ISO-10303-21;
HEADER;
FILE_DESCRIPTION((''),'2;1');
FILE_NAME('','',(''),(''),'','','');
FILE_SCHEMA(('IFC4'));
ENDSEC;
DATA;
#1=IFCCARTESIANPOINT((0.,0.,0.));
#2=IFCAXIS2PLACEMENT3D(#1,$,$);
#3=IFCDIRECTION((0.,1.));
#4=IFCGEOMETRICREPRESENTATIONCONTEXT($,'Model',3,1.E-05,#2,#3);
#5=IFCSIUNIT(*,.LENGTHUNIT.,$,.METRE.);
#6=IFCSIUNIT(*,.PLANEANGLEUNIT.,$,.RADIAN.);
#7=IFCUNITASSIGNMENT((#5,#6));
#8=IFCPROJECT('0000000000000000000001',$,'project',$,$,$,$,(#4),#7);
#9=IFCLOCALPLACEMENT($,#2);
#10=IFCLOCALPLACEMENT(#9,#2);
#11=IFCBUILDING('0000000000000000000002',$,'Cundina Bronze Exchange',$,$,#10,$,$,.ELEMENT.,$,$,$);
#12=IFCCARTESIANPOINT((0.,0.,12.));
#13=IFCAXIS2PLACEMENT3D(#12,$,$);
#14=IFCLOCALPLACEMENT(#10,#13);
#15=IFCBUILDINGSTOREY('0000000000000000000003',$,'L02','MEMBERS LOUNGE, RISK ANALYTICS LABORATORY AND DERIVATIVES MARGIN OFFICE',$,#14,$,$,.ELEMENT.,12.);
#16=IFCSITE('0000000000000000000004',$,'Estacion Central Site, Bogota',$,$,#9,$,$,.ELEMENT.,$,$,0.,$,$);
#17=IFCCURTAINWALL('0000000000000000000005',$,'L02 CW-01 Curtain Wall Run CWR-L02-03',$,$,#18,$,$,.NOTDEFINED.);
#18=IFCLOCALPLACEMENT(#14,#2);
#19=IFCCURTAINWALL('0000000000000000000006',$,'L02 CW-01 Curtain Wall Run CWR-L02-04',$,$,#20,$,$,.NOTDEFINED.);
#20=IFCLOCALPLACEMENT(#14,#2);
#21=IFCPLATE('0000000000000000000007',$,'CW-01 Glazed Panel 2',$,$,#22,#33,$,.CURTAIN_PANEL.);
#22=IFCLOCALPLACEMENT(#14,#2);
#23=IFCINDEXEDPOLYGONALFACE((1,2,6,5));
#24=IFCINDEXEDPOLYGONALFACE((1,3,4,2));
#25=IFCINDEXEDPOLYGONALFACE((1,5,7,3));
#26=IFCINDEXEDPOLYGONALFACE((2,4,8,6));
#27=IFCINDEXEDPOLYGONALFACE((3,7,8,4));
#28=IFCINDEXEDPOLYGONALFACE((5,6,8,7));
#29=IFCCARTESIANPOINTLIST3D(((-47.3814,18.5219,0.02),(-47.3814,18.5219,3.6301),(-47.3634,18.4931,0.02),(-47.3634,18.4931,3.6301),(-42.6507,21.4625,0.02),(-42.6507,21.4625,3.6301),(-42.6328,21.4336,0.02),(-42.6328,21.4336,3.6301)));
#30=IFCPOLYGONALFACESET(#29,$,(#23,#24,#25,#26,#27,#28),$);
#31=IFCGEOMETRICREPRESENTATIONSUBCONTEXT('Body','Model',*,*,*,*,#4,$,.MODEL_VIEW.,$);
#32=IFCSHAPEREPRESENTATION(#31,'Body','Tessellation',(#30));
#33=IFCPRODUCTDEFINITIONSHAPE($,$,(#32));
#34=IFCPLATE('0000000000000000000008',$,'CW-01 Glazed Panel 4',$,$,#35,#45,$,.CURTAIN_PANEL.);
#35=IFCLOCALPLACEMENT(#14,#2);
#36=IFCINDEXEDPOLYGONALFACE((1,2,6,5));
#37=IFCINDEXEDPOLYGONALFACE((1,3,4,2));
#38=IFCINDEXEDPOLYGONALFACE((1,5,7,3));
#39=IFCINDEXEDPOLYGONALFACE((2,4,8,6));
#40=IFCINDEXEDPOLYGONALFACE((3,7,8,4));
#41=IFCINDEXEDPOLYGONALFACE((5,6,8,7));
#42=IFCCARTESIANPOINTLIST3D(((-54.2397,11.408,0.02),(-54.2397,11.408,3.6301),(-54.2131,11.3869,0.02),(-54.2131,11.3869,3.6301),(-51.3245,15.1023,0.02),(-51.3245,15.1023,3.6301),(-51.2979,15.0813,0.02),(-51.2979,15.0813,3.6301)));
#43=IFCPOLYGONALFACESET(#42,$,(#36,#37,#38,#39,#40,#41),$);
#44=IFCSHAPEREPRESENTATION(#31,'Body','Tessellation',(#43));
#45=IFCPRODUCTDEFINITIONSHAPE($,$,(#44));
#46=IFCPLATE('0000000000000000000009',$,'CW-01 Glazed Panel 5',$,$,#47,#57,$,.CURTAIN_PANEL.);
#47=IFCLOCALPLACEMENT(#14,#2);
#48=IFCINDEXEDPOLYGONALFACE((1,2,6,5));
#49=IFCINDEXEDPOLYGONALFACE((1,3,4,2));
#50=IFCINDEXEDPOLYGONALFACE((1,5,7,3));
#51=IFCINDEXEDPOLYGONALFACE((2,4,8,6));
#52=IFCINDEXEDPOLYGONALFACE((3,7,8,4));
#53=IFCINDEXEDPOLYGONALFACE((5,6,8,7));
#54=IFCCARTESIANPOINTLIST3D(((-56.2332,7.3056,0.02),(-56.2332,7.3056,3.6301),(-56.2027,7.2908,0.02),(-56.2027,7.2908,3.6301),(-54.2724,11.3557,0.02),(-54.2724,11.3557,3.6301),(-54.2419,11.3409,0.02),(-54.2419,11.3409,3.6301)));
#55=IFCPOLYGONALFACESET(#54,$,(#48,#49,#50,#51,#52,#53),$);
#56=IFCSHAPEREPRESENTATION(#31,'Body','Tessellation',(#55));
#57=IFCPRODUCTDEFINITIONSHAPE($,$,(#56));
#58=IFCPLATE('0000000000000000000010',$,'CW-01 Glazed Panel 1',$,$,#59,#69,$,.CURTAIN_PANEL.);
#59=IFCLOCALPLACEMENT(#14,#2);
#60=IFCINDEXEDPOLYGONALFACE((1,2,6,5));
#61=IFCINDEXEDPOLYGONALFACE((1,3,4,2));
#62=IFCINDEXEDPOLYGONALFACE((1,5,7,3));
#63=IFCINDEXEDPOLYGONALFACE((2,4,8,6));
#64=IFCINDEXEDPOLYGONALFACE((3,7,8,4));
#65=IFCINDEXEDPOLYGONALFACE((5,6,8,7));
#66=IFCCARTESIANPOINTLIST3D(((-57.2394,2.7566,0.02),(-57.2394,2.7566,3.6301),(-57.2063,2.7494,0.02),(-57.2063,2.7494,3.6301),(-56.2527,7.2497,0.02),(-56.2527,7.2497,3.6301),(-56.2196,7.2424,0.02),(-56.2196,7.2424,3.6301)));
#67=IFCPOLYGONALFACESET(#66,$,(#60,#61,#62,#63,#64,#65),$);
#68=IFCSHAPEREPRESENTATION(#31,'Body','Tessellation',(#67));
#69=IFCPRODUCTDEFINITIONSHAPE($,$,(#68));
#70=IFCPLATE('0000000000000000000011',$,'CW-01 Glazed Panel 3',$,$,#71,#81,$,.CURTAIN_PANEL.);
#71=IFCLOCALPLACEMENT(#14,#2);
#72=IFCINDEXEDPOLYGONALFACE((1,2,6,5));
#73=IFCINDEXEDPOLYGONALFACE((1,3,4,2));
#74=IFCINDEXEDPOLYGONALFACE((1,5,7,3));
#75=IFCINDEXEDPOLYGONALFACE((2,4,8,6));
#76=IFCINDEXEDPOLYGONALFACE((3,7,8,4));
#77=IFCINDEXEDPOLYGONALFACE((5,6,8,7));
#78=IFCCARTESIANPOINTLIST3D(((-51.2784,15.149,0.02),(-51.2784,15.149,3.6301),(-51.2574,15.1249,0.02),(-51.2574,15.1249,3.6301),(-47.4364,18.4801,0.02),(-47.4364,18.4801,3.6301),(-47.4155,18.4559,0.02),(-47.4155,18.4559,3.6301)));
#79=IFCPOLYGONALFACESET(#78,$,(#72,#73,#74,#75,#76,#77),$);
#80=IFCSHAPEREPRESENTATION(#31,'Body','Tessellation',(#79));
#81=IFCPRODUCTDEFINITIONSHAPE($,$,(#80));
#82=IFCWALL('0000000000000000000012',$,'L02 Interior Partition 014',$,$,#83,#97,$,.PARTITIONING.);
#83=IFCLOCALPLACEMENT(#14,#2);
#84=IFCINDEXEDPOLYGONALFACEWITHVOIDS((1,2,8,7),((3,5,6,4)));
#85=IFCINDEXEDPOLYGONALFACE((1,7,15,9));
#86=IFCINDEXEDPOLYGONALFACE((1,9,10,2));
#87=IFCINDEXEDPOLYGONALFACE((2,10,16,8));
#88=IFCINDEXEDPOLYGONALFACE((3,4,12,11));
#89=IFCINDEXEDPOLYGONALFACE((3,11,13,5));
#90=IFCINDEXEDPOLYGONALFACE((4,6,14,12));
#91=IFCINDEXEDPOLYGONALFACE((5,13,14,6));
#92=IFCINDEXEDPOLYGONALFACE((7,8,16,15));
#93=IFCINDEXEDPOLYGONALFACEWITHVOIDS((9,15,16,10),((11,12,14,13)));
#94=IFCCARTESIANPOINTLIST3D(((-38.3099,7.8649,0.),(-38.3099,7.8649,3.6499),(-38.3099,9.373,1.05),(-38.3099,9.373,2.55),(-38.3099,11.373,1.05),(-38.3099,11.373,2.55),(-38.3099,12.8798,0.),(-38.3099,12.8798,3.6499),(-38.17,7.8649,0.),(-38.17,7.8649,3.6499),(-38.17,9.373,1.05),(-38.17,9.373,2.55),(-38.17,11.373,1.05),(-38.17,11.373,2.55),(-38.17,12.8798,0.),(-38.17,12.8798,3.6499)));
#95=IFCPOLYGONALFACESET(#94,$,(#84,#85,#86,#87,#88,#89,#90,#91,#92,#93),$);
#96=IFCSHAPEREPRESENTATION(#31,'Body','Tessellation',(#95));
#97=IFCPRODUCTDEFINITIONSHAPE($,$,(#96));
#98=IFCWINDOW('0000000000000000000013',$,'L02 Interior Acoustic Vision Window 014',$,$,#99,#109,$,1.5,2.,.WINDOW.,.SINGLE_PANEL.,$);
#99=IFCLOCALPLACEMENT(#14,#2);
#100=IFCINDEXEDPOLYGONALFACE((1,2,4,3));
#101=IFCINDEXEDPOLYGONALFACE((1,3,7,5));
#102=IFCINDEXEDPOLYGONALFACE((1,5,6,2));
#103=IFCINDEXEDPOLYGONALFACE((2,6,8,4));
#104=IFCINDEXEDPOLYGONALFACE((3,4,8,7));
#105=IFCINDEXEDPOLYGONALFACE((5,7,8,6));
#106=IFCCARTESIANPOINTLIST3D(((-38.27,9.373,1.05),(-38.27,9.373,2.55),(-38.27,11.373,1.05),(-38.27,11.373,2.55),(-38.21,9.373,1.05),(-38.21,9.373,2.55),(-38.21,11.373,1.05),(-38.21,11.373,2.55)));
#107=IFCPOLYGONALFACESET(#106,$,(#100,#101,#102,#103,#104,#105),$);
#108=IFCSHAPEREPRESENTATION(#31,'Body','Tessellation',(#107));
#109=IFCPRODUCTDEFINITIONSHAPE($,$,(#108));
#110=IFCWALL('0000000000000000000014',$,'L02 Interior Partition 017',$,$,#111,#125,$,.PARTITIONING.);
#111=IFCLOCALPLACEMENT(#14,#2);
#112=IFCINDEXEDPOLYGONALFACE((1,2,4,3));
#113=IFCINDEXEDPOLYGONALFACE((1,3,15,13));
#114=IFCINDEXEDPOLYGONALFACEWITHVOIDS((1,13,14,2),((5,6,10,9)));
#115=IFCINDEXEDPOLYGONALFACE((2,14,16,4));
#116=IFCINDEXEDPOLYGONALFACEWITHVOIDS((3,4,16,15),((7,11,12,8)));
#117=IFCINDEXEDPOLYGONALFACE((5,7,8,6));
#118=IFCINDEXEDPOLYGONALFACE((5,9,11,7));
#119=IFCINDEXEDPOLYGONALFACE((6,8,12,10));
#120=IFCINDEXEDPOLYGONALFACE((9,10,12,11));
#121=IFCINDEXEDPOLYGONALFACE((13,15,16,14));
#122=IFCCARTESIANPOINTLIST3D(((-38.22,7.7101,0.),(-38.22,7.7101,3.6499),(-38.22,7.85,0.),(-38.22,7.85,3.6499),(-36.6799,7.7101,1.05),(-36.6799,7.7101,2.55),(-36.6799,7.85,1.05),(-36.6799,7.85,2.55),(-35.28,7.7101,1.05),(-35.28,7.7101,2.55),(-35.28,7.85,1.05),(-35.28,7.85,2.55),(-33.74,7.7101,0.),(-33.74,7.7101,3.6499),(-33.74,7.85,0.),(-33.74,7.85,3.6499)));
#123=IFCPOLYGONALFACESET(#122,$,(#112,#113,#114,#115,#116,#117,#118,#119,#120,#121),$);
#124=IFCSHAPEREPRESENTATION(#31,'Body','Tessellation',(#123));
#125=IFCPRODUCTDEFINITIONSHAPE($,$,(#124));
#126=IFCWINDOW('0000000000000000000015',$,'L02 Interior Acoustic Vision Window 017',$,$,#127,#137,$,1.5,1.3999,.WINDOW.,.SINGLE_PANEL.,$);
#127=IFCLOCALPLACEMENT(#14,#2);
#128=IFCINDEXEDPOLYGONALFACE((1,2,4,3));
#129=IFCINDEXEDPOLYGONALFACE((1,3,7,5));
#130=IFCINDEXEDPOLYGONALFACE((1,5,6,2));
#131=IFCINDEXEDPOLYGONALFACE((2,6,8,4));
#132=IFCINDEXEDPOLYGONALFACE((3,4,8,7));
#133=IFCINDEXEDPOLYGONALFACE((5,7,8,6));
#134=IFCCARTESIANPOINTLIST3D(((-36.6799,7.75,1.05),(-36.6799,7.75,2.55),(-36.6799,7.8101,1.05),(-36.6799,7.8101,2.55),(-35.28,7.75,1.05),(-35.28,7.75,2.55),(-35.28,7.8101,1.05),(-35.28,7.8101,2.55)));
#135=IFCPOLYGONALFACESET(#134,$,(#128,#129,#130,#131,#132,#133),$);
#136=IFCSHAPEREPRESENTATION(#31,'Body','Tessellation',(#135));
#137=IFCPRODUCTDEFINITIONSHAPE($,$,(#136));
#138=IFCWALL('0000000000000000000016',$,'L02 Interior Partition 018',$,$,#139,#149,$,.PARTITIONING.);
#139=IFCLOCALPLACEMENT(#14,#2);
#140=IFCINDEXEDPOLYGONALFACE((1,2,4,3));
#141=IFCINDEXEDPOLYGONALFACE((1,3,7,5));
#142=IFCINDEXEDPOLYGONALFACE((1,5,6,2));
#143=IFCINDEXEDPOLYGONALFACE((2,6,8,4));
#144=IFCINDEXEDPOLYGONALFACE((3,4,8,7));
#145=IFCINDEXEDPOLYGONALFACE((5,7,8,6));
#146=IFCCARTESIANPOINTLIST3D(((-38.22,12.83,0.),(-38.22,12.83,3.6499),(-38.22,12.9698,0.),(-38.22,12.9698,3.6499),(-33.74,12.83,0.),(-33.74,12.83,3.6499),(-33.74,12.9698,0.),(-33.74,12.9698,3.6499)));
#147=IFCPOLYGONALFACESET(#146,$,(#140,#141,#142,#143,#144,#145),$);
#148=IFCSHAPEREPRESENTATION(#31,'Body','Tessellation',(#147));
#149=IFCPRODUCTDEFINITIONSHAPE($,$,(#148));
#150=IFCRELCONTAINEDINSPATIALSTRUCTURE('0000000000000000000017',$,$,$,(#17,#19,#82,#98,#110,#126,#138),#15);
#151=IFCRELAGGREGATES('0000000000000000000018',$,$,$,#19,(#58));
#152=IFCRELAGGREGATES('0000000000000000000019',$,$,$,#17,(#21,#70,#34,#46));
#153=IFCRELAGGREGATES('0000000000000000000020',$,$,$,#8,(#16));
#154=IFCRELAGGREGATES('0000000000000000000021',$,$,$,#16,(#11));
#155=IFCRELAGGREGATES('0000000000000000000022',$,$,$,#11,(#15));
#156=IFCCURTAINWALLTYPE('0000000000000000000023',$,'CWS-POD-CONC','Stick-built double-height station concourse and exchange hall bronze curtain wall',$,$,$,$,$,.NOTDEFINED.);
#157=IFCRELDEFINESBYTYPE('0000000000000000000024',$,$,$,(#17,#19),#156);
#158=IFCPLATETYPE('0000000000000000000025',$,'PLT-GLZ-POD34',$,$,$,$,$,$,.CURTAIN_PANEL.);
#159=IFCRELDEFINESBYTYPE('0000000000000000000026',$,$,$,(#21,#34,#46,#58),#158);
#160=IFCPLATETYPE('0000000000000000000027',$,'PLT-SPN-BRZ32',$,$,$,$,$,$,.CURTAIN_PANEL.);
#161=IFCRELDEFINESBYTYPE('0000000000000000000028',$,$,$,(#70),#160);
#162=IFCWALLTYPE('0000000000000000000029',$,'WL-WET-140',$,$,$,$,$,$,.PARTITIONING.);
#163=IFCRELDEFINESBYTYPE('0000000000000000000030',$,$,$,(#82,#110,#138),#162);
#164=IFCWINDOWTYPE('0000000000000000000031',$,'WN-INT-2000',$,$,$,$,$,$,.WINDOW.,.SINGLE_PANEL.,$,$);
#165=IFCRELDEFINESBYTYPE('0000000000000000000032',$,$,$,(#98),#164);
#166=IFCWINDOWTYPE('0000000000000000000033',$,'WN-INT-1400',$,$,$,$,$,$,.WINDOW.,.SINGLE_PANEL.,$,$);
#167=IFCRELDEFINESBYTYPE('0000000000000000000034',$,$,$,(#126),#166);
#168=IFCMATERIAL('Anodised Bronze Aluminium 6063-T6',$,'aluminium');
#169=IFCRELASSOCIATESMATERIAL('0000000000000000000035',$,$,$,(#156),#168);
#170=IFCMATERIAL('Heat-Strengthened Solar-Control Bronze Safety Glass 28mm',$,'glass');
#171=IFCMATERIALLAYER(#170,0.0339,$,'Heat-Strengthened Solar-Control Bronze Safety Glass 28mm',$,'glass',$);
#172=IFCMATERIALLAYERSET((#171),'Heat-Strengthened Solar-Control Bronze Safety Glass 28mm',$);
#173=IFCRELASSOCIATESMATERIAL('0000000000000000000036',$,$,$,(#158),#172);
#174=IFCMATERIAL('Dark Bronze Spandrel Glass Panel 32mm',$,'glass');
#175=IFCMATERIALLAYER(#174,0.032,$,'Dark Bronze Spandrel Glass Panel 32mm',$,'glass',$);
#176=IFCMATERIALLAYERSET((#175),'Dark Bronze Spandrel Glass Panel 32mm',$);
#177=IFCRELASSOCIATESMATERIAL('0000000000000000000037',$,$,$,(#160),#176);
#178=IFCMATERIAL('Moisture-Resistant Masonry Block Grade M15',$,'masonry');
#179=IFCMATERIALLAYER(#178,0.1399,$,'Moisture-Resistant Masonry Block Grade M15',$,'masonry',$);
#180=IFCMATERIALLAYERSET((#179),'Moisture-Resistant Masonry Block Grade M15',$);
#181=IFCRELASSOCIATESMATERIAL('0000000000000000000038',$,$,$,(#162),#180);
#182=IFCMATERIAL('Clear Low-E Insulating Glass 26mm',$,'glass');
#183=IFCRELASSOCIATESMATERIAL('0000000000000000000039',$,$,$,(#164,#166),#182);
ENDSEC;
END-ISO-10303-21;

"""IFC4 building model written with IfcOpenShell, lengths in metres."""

from ifc_helpers import new_model, si_unit, direction, frame, frame_2d, origin, origin_2d, place, context, subcontext, project, spatial, rectangle, extrude, material, layer, layer_set, type_object, element, fill, aggregate, save


model = new_model("IFC4")

# Units and contexts
model_context = context("Model", 3, precision=1e-05, world=origin(), true_north=direction((0.0, 1.0)))
body_context = subcontext(model_context, "Body", "Model", "MODEL_VIEW")
ifc_project = project(units=[si_unit("LENGTHUNIT", "METRE"), si_unit("PLANEANGLEUNIT", "RADIAN")], contexts=[model_context])

# Site, building, storey
site_placement = place(None, origin())
site = spatial("IfcSite", under=ifc_project, at=site_placement, Name="Estacion Central Site, Bogota", CompositionType="ELEMENT", RefElevation=0.0)
building_placement = place(site_placement, origin())
building = spatial("IfcBuilding", under=site, at=building_placement, Name="Cundina Bronze Exchange", CompositionType="ELEMENT")
storey_placement = place(building_placement, frame((0.0, 0.0, 12.0)))
storey = spatial("IfcBuildingStorey", under=building, at=storey_placement, Name="L02", Description="MEMBERS LOUNGE, RISK ANALYTICS LABORATORY AND DERIVATIVES MARGIN OFFICE", CompositionType="ELEMENT", Elevation=12.0)

# Curtain wall
ifc_material_1 = material(Name="Anodised Bronze Aluminium 6063-T6", Category="aluminium")
curtain_wall_type = type_object("IfcCurtainWallType", Name="CWS-POD-CONC", Description="Stick-built double-height station concourse and exchange hall bronze curtain wall", PredefinedType="NOTDEFINED", material=ifc_material_1)
curtain_wall_1_placement = place(storey_placement, origin())
curtain_wall_1 = element("IfcCurtainWall", 1, at=curtain_wall_1_placement, inside=storey, type_object=curtain_wall_type, Name="L02 CW-01 Curtain Wall Run CWR-L02-03", PredefinedType="NOTDEFINED")

# Curtain wall
curtain_wall_2_placement = place(storey_placement, origin())
curtain_wall_2 = element("IfcCurtainWall", 2, at=curtain_wall_2_placement, inside=storey, type_object=curtain_wall_type, Name="L02 CW-01 Curtain Wall Run CWR-L02-04", PredefinedType="NOTDEFINED")

# Plates
ifc_material_2 = material(Name="Heat-Strengthened Solar-Control Bronze Safety Glass 28mm", Category="glass")
ifc_layer_1 = layer(ifc_material_2, 0.0339, Name="Heat-Strengthened Solar-Control Bronze Safety Glass 28mm", Category="glass")
ifc_layer_set_1 = layer_set([ifc_layer_1], Name="Heat-Strengthened Solar-Control Bronze Safety Glass 28mm")
plate_type_1 = type_object("IfcPlateType", Name="PLT-GLZ-POD34", PredefinedType="CURTAIN_PANEL", material=ifc_layer_set_1)
plate_1_placement = place(storey_placement, frame((-45.0071, 19.9778, 0.02), z_axis=(0.0, 0.0, 1.0), x_axis=(-0.849294, -0.52792, 0.0)))
plate_1 = element("IfcPlate", 3, at=plate_1_placement, type_object=plate_type_1, Name="CW-01 Glazed Panel 2", PredefinedType="CURTAIN_PANEL", context=body_context, shape_type="SweptSolid", body=[
    extrude(rectangle(XDim=5.5701, YDim=0.0339, at=origin_2d()), origin(), (0.0, 0.0, 1.0), 3.6101),
])
plate_2_placement = place(storey_placement, frame((-52.7688, 13.2446, 0.02), z_axis=(0.0, 0.0, 1.0), x_axis=(-0.619464, -0.785025, 0.0)))
plate_2 = element("IfcPlate", 4, at=plate_2_placement, type_object=plate_type_1, Name="CW-01 Glazed Panel 4", PredefinedType="CURTAIN_PANEL", context=body_context, shape_type="SweptSolid", body=[
    extrude(rectangle(XDim=4.7061, YDim=0.0339, at=origin_2d()), origin(), (0.0, 0.0, 1.0), 3.6101),
])
plate_3_placement = place(storey_placement, frame((-55.2375, 9.3232, 0.02), z_axis=(0.0, 0.0, 1.0), x_axis=(-0.435765, -0.90006, 0.0)))
plate_3 = element("IfcPlate", 5, at=plate_3_placement, type_object=plate_type_1, Name="CW-01 Glazed Panel 5", PredefinedType="CURTAIN_PANEL", context=body_context, shape_type="SweptSolid", body=[
    extrude(rectangle(XDim=4.4998, YDim=0.0339, at=origin_2d()), origin(), (0.0, 0.0, 1.0), 3.6101),
])
plate_4_placement = place(storey_placement, frame((-56.7295, 4.9995, 0.02), z_axis=(0.0, 0.0, 1.0), x_axis=(-0.214497, -0.976725, 0.0)))
plate_4 = element("IfcPlate", 6, at=plate_4_placement, type_object=plate_type_1, Name="CW-01 Glazed Panel 1", PredefinedType="CURTAIN_PANEL", context=body_context, shape_type="SweptSolid", body=[
    extrude(rectangle(XDim=4.6001, YDim=0.0339, at=origin_2d()), origin(), (0.0, 0.0, 1.0), 3.6101),
])
aggregate(curtain_wall_2, [plate_4])
ifc_material_3 = material(Name="Dark Bronze Spandrel Glass Panel 32mm", Category="glass")
ifc_layer_2 = layer(ifc_material_3, 0.032, Name="Dark Bronze Spandrel Glass Panel 32mm", Category="glass")
ifc_layer_set_2 = layer_set([ifc_layer_2], Name="Dark Bronze Spandrel Glass Panel 32mm")
plate_type_2 = type_object("IfcPlateType", Name="PLT-SPN-BRZ32", PredefinedType="CURTAIN_PANEL", material=ifc_layer_set_2)
plate_5_placement = place(storey_placement, frame((-49.3469, 16.8025, 0.02), z_axis=(0.0, 0.0, 1.0), x_axis=(-0.755556, -0.655084, 0.0)))
plate_5 = element("IfcPlate", 7, at=plate_5_placement, type_object=plate_type_2, Name="CW-01 Glazed Panel 3", PredefinedType="CURTAIN_PANEL", context=body_context, shape_type="SweptSolid", body=[
    extrude(rectangle(XDim=5.085, YDim=0.032, at=origin_2d()), origin(), (0.0, 0.0, 1.0), 3.6101),
])
aggregate(curtain_wall_1, [plate_1, plate_5, plate_2, plate_3])

# Walls, openings, windows
ifc_material_4 = material(Name="Moisture-Resistant Masonry Block Grade M15", Category="masonry")
ifc_layer_3 = layer(ifc_material_4, 0.1399, Name="Moisture-Resistant Masonry Block Grade M15", Category="masonry")
ifc_layer_set_3 = layer_set([ifc_layer_3], Name="Moisture-Resistant Masonry Block Grade M15")
wall_type = type_object("IfcWallType", Name="WL-WET-140", PredefinedType="PARTITIONING", material=ifc_layer_set_3)
wall_1_placement = place(storey_placement, frame((-38.24, 7.865, 0.0), z_axis=(0.0, 0.0, 1.0), x_axis=(0.0, 1.0, 0.0)))
wall_1 = element("IfcWall", 8, at=wall_1_placement, inside=storey, type_object=wall_type, Name="L02 Interior Partition 014", PredefinedType="PARTITIONING", context=body_context, shape_type="SweptSolid", body=[
    extrude(rectangle(XDim=5.0149, YDim=0.1399, at=frame_2d((2.5073, 0.0))), origin(), (0.0, 0.0, 1.0), 3.6499),
])
opening_1_placement = place(wall_1_placement, frame((1.5081, 0.0, 1.05)))
opening_1 = element("IfcOpeningElement", 9, at=opening_1_placement, cuts=wall_1, PredefinedType="OPENING", context=body_context, shape_type="SweptSolid", body=[
    extrude(rectangle(XDim=2.0, YDim=1.5, at=frame_2d((1.0, 0.75))), frame((0.0, 0.0798, 0.0), z_axis=(0.0, -1.0, 0.0), x_axis=(1.0, 0.0, 0.0)), (0.0, 0.0, 1.0), 0.1599),
])
ifc_material_5 = material(Name="Clear Low-E Insulating Glass 26mm", Category="glass")
window_type_1 = type_object("IfcWindowType", Name="WN-INT-2000", PartitioningType="SINGLE_PANEL", PredefinedType="WINDOW", material=ifc_material_5)
window_1_placement = place(opening_1_placement, origin())
window_1 = element("IfcWindow", 10, at=window_1_placement, inside=storey, type_object=window_type_1, Name="L02 Interior Acoustic Vision Window 014", OverallHeight=1.5, OverallWidth=2.0, PartitioningType="SINGLE_PANEL", PredefinedType="WINDOW", context=body_context, shape_type="SweptSolid", body=[
    extrude(rectangle(XDim=2.0, YDim=1.5, at=frame_2d((1.0, 0.75))), frame((0.0, 0.03, 0.0), z_axis=(0.0, -1.0, 0.0), x_axis=(1.0, 0.0, 0.0)), (0.0, 0.0, 1.0), 0.0601),
])
fill(opening_1, window_1)
wall_2_placement = place(storey_placement, frame((-38.22, 7.78, 0.0), z_axis=(0.0, 0.0, 1.0), x_axis=(1.0, 0.0, 0.0)))
wall_2 = element("IfcWall", 11, at=wall_2_placement, inside=storey, type_object=wall_type, Name="L02 Interior Partition 017", PredefinedType="PARTITIONING", context=body_context, shape_type="SweptSolid", body=[
    extrude(rectangle(XDim=4.48, YDim=0.1399, at=frame_2d((2.24, 0.0))), origin(), (0.0, 0.0, 1.0), 3.6499),
])
opening_2_placement = place(wall_2_placement, frame((1.54, 0.0, 1.05)))
opening_2 = element("IfcOpeningElement", 12, at=opening_2_placement, cuts=wall_2, PredefinedType="OPENING", context=body_context, shape_type="SweptSolid", body=[
    extrude(rectangle(XDim=1.3999, YDim=1.5, at=frame_2d((0.7, 0.75))), frame((0.0, 0.0798, 0.0), z_axis=(0.0, -1.0, 0.0), x_axis=(1.0, 0.0, 0.0)), (0.0, 0.0, 1.0), 0.1599),
])
window_type_2 = type_object("IfcWindowType", Name="WN-INT-1400", PartitioningType="SINGLE_PANEL", PredefinedType="WINDOW", material=ifc_material_5)
window_2_placement = place(opening_2_placement, origin())
window_2 = element("IfcWindow", 13, at=window_2_placement, inside=storey, type_object=window_type_2, Name="L02 Interior Acoustic Vision Window 017", OverallHeight=1.5, OverallWidth=1.3999, PartitioningType="SINGLE_PANEL", PredefinedType="WINDOW", context=body_context, shape_type="SweptSolid", body=[
    extrude(rectangle(XDim=1.3999, YDim=1.5, at=frame_2d((0.7, 0.75))), frame((0.0, 0.03, 0.0), z_axis=(0.0, -1.0, 0.0), x_axis=(1.0, 0.0, 0.0)), (0.0, 0.0, 1.0), 0.0601),
])
fill(opening_2, window_2)

# Wall
wall_3_placement = place(storey_placement, frame((-38.22, 12.8999, 0.0), z_axis=(0.0, 0.0, 1.0), x_axis=(1.0, 0.0, 0.0)))
element("IfcWall", 14, at=wall_3_placement, inside=storey, type_object=wall_type, Name="L02 Interior Partition 018", PredefinedType="PARTITIONING", context=body_context, shape_type="SweptSolid", body=[
    extrude(rectangle(XDim=4.48, YDim=0.1399, at=frame_2d((2.24, 0.0))), origin(), (0.0, 0.0, 1.0), 3.6499),
])

save(model, "model.ifc")
